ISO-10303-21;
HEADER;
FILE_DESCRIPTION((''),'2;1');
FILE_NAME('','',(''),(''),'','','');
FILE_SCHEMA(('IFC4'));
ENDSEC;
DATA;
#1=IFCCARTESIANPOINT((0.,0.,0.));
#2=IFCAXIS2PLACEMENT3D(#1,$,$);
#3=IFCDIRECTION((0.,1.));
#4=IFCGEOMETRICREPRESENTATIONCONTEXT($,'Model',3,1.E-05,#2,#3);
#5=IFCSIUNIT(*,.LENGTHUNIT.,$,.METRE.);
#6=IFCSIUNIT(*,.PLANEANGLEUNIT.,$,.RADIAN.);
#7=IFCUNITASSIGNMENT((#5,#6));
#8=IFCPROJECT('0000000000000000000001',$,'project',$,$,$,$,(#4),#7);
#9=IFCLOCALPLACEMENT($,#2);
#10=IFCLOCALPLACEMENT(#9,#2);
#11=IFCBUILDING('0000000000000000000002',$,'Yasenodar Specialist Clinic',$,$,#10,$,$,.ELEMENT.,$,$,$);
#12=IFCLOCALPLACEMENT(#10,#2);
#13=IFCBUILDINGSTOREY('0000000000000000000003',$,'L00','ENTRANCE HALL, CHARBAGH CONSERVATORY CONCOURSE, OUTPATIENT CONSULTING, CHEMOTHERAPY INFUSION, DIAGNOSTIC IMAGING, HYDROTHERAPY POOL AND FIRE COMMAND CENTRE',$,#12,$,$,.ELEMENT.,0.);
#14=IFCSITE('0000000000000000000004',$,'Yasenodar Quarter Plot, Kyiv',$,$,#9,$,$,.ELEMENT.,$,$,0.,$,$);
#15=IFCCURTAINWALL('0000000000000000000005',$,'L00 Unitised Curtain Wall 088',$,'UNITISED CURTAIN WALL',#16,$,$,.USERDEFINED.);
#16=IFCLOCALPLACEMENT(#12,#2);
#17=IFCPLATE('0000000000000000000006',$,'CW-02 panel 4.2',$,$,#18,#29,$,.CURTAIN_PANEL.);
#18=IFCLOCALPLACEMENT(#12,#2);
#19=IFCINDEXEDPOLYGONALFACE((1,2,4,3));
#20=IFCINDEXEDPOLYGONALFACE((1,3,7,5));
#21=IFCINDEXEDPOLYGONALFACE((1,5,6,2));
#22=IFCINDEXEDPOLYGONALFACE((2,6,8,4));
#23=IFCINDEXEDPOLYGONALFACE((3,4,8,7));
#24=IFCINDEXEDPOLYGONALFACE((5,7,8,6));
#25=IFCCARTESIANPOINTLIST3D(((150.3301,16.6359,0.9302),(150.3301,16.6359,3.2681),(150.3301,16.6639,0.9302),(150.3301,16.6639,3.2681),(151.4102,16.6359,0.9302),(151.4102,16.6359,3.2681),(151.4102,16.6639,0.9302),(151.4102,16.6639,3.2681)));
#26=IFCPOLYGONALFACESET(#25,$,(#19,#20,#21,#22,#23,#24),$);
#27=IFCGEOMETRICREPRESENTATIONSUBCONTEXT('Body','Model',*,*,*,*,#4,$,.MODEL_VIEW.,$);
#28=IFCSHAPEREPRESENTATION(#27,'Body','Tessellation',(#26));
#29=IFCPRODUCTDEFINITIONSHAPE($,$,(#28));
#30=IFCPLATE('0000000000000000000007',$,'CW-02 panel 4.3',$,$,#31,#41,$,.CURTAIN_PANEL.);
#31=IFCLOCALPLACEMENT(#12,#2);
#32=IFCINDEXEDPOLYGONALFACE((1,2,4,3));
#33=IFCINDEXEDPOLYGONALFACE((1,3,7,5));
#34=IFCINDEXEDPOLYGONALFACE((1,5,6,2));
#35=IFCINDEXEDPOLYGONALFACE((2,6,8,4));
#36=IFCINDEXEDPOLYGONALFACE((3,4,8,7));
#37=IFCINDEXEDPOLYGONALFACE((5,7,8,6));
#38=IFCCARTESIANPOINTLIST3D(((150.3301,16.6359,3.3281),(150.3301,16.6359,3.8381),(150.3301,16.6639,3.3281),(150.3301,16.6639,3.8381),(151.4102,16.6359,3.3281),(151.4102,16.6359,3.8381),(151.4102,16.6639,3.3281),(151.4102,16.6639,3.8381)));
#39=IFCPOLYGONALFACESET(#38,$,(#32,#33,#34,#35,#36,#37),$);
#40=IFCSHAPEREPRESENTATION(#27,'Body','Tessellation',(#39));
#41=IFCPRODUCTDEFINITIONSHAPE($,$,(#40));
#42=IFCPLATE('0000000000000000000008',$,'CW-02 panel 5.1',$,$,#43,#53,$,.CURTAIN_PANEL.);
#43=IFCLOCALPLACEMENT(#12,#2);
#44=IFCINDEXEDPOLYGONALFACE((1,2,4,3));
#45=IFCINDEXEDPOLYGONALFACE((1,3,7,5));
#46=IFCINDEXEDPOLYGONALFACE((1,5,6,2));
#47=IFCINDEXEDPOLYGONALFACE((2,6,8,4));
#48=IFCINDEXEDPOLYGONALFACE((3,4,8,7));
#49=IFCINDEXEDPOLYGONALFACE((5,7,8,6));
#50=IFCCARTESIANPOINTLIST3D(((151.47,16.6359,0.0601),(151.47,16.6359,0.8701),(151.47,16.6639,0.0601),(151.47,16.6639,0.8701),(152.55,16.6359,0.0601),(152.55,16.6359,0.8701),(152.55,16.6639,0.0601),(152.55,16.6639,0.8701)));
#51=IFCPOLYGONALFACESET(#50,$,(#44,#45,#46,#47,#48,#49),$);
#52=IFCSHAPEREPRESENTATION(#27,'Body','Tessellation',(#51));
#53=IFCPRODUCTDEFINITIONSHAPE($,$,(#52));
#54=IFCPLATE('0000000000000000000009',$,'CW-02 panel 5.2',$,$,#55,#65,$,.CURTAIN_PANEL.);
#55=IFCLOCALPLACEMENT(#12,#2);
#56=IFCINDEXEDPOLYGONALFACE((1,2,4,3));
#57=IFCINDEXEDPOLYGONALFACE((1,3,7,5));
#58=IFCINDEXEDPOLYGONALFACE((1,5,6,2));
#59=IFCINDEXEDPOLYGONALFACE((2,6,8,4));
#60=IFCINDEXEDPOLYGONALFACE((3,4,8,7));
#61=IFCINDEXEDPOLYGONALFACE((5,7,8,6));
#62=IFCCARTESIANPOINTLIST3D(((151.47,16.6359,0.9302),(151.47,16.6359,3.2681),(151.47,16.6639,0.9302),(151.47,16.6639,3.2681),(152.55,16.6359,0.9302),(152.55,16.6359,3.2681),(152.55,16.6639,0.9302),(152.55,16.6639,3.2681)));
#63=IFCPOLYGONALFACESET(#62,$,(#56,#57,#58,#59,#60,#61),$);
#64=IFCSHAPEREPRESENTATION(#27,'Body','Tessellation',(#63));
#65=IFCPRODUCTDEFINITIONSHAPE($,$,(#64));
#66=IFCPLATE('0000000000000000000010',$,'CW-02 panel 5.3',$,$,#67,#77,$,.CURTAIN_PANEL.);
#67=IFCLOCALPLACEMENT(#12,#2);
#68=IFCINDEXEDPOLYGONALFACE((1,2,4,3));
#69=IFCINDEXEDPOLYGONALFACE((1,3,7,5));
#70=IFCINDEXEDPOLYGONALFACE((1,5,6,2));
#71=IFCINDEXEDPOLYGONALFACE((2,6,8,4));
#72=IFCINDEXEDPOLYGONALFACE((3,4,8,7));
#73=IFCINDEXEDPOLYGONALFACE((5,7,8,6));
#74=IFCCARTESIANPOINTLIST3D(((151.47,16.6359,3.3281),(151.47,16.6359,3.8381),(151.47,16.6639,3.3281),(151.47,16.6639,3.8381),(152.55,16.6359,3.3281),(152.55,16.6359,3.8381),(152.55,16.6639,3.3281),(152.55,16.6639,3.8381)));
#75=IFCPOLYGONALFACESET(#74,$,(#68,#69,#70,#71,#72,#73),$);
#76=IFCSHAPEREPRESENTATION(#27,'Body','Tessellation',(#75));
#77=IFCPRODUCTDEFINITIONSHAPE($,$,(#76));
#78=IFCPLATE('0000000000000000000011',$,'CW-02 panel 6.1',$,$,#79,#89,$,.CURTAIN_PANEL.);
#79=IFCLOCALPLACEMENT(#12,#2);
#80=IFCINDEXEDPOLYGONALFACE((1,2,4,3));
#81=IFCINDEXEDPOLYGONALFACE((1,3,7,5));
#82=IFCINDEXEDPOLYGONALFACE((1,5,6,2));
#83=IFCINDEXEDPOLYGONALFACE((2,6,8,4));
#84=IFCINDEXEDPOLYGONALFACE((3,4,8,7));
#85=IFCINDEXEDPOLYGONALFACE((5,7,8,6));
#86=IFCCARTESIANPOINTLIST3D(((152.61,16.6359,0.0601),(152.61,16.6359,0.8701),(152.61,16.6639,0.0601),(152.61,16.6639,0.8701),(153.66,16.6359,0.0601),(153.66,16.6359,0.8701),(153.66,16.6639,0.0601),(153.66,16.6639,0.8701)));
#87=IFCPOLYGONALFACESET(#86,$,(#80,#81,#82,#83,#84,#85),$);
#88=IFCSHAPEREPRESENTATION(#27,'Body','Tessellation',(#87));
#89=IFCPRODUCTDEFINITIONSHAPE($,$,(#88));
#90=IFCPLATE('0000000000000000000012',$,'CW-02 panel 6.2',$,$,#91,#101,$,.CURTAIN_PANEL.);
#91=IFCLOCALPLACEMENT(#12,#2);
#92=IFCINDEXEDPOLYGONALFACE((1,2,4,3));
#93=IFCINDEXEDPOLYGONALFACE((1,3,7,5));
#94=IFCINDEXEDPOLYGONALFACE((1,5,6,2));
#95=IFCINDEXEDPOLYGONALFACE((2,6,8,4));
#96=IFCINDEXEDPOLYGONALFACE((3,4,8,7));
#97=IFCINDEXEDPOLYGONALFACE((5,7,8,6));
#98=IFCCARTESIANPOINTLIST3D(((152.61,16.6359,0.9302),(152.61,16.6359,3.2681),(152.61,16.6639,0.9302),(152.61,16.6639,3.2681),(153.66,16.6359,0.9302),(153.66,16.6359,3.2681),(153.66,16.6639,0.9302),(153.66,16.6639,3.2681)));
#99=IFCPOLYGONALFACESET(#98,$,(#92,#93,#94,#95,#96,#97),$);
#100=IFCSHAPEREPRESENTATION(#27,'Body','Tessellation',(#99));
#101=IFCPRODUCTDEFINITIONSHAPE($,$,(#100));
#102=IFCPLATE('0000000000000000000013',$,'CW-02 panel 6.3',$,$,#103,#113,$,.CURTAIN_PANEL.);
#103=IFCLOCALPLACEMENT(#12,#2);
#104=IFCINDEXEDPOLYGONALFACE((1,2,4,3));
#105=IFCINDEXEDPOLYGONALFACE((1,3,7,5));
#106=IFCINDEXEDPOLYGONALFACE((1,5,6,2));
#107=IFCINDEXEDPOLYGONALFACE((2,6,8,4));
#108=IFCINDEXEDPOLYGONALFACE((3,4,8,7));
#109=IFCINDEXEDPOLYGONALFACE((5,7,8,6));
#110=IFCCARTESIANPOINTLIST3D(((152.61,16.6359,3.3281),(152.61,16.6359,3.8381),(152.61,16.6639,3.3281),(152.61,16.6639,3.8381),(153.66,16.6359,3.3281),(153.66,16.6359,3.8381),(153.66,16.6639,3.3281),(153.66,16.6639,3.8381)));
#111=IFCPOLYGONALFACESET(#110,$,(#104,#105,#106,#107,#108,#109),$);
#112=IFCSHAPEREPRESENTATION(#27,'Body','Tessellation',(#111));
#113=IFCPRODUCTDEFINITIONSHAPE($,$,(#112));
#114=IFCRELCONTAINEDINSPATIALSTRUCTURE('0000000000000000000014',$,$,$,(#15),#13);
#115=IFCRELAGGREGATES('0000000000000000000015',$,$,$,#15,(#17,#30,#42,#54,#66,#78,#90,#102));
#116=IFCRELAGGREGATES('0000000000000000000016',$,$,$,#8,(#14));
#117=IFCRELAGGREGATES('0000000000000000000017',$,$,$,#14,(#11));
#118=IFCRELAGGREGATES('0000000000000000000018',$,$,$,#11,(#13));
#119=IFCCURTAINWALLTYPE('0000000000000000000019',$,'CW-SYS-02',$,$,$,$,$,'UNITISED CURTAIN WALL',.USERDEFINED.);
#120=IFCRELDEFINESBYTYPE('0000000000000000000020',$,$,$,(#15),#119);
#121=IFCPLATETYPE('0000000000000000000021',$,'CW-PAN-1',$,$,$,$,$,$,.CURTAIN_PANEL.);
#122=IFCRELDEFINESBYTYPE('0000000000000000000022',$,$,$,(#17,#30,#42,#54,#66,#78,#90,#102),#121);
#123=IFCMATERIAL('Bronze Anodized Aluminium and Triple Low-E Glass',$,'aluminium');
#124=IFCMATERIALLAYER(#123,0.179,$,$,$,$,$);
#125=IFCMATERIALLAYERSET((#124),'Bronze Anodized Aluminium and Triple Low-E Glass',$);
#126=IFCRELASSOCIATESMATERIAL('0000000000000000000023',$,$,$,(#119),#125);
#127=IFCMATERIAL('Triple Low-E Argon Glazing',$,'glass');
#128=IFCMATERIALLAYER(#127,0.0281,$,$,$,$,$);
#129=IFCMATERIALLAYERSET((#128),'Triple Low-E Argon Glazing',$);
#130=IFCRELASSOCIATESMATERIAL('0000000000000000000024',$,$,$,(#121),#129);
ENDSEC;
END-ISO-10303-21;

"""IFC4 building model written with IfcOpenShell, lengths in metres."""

from ifc_helpers import new_model, si_unit, direction, frame, origin, origin_2d, place, context, subcontext, project, spatial, rectangle, extrude, material, layer, layer_set, type_object, element, aggregate, save


model = new_model("IFC4")

# Units and contexts
model_context = context("Model", 3, precision=1e-05, world=origin(), true_north=direction((0.0, 1.0)))
body_context = subcontext(model_context, "Body", "Model", "MODEL_VIEW")
ifc_project = project(units=[si_unit("LENGTHUNIT", "METRE"), si_unit("PLANEANGLEUNIT", "RADIAN")], contexts=[model_context])

# Site, building, storey
site_placement = place(None, origin())
site = spatial("IfcSite", under=ifc_project, at=site_placement, Name="Yasenodar Quarter Plot, Kyiv", CompositionType="ELEMENT", RefElevation=0.0)
building_placement = place(site_placement, origin())
building = spatial("IfcBuilding", under=site, at=building_placement, Name="Yasenodar Specialist Clinic", CompositionType="ELEMENT")
storey_placement = place(building_placement, origin())
storey = spatial("IfcBuildingStorey", under=building, at=storey_placement, Name="L00", Description="ENTRANCE HALL, CHARBAGH CONSERVATORY CONCOURSE, OUTPATIENT CONSULTING, CHEMOTHERAPY INFUSION, DIAGNOSTIC IMAGING, HYDROTHERAPY POOL AND FIRE COMMAND CENTRE", CompositionType="ELEMENT", Elevation=0.0)

# Curtain wall, plates
ifc_material_1 = material(Name="Bronze Anodized Aluminium and Triple Low-E Glass", Category="aluminium")
ifc_layer_1 = layer(ifc_material_1, 0.179)
ifc_layer_set_1 = layer_set([ifc_layer_1], Name="Bronze Anodized Aluminium and Triple Low-E Glass")
curtain_wall_type = type_object("IfcCurtainWallType", Name="CW-SYS-02", ElementType="UNITISED CURTAIN WALL", PredefinedType="USERDEFINED", material=ifc_layer_set_1)
curtain_wall_placement = place(storey_placement, origin())
curtain_wall = element("IfcCurtainWall", 1, at=curtain_wall_placement, inside=storey, type_object=curtain_wall_type, Name="L00 Unitised Curtain Wall 088", ObjectType="UNITISED CURTAIN WALL", PredefinedType="USERDEFINED")
ifc_material_2 = material(Name="Triple Low-E Argon Glazing", Category="glass")
ifc_layer_2 = layer(ifc_material_2, 0.0281)
ifc_layer_set_2 = layer_set([ifc_layer_2], Name="Triple Low-E Argon Glazing")
plate_type = type_object("IfcPlateType", Name="CW-PAN-1", PredefinedType="CURTAIN_PANEL", material=ifc_layer_set_2)
plate_1_placement = place(storey_placement, frame((150.8701, 16.6499, 0.9302), z_axis=(0.0, 0.0, 1.0), x_axis=(1.0, 0.0, 0.0)))
plate_1 = element("IfcPlate", 2, at=plate_1_placement, type_object=plate_type, Name="CW-02 panel 4.2", PredefinedType="CURTAIN_PANEL", context=body_context, shape_type="SweptSolid", body=[
    extrude(rectangle(XDim=1.0801, YDim=0.0281, at=origin_2d()), origin(), (0.0, 0.0, 1.0), 2.3379),
])
plate_2_placement = place(storey_placement, frame((150.8701, 16.6499, 3.3281), z_axis=(0.0, 0.0, 1.0), x_axis=(1.0, 0.0, 0.0)))
plate_2 = element("IfcPlate", 3, at=plate_2_placement, type_object=plate_type, Name="CW-02 panel 4.3", PredefinedType="CURTAIN_PANEL", context=body_context, shape_type="SweptSolid", body=[
    extrude(rectangle(XDim=1.0801, YDim=0.0281, at=origin_2d()), origin(), (0.0, 0.0, 1.0), 0.51),
])
plate_3_placement = place(storey_placement, frame((152.01, 16.6499, 0.0601), z_axis=(0.0, 0.0, 1.0), x_axis=(1.0, 0.0, 0.0)))
plate_3 = element("IfcPlate", 4, at=plate_3_placement, type_object=plate_type, Name="CW-02 panel 5.1", PredefinedType="CURTAIN_PANEL", context=body_context, shape_type="SweptSolid", body=[
    extrude(rectangle(XDim=1.0801, YDim=0.0281, at=origin_2d()), origin(), (0.0, 0.0, 1.0), 0.8101),
])
plate_4_placement = place(storey_placement, frame((152.01, 16.6499, 0.9302), z_axis=(0.0, 0.0, 1.0), x_axis=(1.0, 0.0, 0.0)))
plate_4 = element("IfcPlate", 5, at=plate_4_placement, type_object=plate_type, Name="CW-02 panel 5.2", PredefinedType="CURTAIN_PANEL", context=body_context, shape_type="SweptSolid", body=[
    extrude(rectangle(XDim=1.0801, YDim=0.0281, at=origin_2d()), origin(), (0.0, 0.0, 1.0), 2.3379),
])
plate_5_placement = place(storey_placement, frame((152.01, 16.6499, 3.3281), z_axis=(0.0, 0.0, 1.0), x_axis=(1.0, 0.0, 0.0)))
plate_5 = element("IfcPlate", 6, at=plate_5_placement, type_object=plate_type, Name="CW-02 panel 5.3", PredefinedType="CURTAIN_PANEL", context=body_context, shape_type="SweptSolid", body=[
    extrude(rectangle(XDim=1.0801, YDim=0.0281, at=origin_2d()), origin(), (0.0, 0.0, 1.0), 0.51),
])
plate_6_placement = place(storey_placement, frame((153.135, 16.6499, 0.0601), z_axis=(0.0, 0.0, 1.0), x_axis=(1.0, 0.0, 0.0)))
plate_6 = element("IfcPlate", 7, at=plate_6_placement, type_object=plate_type, Name="CW-02 panel 6.1", PredefinedType="CURTAIN_PANEL", context=body_context, shape_type="SweptSolid", body=[
    extrude(rectangle(XDim=1.05, YDim=0.0281, at=origin_2d()), origin(), (0.0, 0.0, 1.0), 0.8101),
])
plate_7_placement = place(storey_placement, frame((153.135, 16.6499, 0.9302), z_axis=(0.0, 0.0, 1.0), x_axis=(1.0, 0.0, 0.0)))
plate_7 = element("IfcPlate", 8, at=plate_7_placement, type_object=plate_type, Name="CW-02 panel 6.2", PredefinedType="CURTAIN_PANEL", context=body_context, shape_type="SweptSolid", body=[
    extrude(rectangle(XDim=1.05, YDim=0.0281, at=origin_2d()), origin(), (0.0, 0.0, 1.0), 2.3379),
])
plate_8_placement = place(storey_placement, frame((153.135, 16.6499, 3.3281), z_axis=(0.0, 0.0, 1.0), x_axis=(1.0, 0.0, 0.0)))
plate_8 = element("IfcPlate", 9, at=plate_8_placement, type_object=plate_type, Name="CW-02 panel 6.3", PredefinedType="CURTAIN_PANEL", context=body_context, shape_type="SweptSolid", body=[
    extrude(rectangle(XDim=1.05, YDim=0.0281, at=origin_2d()), origin(), (0.0, 0.0, 1.0), 0.51),
])
aggregate(curtain_wall, [plate_1, plate_2, plate_3, plate_4, plate_5, plate_6, plate_7, plate_8])

save(model, "model.ifc")
